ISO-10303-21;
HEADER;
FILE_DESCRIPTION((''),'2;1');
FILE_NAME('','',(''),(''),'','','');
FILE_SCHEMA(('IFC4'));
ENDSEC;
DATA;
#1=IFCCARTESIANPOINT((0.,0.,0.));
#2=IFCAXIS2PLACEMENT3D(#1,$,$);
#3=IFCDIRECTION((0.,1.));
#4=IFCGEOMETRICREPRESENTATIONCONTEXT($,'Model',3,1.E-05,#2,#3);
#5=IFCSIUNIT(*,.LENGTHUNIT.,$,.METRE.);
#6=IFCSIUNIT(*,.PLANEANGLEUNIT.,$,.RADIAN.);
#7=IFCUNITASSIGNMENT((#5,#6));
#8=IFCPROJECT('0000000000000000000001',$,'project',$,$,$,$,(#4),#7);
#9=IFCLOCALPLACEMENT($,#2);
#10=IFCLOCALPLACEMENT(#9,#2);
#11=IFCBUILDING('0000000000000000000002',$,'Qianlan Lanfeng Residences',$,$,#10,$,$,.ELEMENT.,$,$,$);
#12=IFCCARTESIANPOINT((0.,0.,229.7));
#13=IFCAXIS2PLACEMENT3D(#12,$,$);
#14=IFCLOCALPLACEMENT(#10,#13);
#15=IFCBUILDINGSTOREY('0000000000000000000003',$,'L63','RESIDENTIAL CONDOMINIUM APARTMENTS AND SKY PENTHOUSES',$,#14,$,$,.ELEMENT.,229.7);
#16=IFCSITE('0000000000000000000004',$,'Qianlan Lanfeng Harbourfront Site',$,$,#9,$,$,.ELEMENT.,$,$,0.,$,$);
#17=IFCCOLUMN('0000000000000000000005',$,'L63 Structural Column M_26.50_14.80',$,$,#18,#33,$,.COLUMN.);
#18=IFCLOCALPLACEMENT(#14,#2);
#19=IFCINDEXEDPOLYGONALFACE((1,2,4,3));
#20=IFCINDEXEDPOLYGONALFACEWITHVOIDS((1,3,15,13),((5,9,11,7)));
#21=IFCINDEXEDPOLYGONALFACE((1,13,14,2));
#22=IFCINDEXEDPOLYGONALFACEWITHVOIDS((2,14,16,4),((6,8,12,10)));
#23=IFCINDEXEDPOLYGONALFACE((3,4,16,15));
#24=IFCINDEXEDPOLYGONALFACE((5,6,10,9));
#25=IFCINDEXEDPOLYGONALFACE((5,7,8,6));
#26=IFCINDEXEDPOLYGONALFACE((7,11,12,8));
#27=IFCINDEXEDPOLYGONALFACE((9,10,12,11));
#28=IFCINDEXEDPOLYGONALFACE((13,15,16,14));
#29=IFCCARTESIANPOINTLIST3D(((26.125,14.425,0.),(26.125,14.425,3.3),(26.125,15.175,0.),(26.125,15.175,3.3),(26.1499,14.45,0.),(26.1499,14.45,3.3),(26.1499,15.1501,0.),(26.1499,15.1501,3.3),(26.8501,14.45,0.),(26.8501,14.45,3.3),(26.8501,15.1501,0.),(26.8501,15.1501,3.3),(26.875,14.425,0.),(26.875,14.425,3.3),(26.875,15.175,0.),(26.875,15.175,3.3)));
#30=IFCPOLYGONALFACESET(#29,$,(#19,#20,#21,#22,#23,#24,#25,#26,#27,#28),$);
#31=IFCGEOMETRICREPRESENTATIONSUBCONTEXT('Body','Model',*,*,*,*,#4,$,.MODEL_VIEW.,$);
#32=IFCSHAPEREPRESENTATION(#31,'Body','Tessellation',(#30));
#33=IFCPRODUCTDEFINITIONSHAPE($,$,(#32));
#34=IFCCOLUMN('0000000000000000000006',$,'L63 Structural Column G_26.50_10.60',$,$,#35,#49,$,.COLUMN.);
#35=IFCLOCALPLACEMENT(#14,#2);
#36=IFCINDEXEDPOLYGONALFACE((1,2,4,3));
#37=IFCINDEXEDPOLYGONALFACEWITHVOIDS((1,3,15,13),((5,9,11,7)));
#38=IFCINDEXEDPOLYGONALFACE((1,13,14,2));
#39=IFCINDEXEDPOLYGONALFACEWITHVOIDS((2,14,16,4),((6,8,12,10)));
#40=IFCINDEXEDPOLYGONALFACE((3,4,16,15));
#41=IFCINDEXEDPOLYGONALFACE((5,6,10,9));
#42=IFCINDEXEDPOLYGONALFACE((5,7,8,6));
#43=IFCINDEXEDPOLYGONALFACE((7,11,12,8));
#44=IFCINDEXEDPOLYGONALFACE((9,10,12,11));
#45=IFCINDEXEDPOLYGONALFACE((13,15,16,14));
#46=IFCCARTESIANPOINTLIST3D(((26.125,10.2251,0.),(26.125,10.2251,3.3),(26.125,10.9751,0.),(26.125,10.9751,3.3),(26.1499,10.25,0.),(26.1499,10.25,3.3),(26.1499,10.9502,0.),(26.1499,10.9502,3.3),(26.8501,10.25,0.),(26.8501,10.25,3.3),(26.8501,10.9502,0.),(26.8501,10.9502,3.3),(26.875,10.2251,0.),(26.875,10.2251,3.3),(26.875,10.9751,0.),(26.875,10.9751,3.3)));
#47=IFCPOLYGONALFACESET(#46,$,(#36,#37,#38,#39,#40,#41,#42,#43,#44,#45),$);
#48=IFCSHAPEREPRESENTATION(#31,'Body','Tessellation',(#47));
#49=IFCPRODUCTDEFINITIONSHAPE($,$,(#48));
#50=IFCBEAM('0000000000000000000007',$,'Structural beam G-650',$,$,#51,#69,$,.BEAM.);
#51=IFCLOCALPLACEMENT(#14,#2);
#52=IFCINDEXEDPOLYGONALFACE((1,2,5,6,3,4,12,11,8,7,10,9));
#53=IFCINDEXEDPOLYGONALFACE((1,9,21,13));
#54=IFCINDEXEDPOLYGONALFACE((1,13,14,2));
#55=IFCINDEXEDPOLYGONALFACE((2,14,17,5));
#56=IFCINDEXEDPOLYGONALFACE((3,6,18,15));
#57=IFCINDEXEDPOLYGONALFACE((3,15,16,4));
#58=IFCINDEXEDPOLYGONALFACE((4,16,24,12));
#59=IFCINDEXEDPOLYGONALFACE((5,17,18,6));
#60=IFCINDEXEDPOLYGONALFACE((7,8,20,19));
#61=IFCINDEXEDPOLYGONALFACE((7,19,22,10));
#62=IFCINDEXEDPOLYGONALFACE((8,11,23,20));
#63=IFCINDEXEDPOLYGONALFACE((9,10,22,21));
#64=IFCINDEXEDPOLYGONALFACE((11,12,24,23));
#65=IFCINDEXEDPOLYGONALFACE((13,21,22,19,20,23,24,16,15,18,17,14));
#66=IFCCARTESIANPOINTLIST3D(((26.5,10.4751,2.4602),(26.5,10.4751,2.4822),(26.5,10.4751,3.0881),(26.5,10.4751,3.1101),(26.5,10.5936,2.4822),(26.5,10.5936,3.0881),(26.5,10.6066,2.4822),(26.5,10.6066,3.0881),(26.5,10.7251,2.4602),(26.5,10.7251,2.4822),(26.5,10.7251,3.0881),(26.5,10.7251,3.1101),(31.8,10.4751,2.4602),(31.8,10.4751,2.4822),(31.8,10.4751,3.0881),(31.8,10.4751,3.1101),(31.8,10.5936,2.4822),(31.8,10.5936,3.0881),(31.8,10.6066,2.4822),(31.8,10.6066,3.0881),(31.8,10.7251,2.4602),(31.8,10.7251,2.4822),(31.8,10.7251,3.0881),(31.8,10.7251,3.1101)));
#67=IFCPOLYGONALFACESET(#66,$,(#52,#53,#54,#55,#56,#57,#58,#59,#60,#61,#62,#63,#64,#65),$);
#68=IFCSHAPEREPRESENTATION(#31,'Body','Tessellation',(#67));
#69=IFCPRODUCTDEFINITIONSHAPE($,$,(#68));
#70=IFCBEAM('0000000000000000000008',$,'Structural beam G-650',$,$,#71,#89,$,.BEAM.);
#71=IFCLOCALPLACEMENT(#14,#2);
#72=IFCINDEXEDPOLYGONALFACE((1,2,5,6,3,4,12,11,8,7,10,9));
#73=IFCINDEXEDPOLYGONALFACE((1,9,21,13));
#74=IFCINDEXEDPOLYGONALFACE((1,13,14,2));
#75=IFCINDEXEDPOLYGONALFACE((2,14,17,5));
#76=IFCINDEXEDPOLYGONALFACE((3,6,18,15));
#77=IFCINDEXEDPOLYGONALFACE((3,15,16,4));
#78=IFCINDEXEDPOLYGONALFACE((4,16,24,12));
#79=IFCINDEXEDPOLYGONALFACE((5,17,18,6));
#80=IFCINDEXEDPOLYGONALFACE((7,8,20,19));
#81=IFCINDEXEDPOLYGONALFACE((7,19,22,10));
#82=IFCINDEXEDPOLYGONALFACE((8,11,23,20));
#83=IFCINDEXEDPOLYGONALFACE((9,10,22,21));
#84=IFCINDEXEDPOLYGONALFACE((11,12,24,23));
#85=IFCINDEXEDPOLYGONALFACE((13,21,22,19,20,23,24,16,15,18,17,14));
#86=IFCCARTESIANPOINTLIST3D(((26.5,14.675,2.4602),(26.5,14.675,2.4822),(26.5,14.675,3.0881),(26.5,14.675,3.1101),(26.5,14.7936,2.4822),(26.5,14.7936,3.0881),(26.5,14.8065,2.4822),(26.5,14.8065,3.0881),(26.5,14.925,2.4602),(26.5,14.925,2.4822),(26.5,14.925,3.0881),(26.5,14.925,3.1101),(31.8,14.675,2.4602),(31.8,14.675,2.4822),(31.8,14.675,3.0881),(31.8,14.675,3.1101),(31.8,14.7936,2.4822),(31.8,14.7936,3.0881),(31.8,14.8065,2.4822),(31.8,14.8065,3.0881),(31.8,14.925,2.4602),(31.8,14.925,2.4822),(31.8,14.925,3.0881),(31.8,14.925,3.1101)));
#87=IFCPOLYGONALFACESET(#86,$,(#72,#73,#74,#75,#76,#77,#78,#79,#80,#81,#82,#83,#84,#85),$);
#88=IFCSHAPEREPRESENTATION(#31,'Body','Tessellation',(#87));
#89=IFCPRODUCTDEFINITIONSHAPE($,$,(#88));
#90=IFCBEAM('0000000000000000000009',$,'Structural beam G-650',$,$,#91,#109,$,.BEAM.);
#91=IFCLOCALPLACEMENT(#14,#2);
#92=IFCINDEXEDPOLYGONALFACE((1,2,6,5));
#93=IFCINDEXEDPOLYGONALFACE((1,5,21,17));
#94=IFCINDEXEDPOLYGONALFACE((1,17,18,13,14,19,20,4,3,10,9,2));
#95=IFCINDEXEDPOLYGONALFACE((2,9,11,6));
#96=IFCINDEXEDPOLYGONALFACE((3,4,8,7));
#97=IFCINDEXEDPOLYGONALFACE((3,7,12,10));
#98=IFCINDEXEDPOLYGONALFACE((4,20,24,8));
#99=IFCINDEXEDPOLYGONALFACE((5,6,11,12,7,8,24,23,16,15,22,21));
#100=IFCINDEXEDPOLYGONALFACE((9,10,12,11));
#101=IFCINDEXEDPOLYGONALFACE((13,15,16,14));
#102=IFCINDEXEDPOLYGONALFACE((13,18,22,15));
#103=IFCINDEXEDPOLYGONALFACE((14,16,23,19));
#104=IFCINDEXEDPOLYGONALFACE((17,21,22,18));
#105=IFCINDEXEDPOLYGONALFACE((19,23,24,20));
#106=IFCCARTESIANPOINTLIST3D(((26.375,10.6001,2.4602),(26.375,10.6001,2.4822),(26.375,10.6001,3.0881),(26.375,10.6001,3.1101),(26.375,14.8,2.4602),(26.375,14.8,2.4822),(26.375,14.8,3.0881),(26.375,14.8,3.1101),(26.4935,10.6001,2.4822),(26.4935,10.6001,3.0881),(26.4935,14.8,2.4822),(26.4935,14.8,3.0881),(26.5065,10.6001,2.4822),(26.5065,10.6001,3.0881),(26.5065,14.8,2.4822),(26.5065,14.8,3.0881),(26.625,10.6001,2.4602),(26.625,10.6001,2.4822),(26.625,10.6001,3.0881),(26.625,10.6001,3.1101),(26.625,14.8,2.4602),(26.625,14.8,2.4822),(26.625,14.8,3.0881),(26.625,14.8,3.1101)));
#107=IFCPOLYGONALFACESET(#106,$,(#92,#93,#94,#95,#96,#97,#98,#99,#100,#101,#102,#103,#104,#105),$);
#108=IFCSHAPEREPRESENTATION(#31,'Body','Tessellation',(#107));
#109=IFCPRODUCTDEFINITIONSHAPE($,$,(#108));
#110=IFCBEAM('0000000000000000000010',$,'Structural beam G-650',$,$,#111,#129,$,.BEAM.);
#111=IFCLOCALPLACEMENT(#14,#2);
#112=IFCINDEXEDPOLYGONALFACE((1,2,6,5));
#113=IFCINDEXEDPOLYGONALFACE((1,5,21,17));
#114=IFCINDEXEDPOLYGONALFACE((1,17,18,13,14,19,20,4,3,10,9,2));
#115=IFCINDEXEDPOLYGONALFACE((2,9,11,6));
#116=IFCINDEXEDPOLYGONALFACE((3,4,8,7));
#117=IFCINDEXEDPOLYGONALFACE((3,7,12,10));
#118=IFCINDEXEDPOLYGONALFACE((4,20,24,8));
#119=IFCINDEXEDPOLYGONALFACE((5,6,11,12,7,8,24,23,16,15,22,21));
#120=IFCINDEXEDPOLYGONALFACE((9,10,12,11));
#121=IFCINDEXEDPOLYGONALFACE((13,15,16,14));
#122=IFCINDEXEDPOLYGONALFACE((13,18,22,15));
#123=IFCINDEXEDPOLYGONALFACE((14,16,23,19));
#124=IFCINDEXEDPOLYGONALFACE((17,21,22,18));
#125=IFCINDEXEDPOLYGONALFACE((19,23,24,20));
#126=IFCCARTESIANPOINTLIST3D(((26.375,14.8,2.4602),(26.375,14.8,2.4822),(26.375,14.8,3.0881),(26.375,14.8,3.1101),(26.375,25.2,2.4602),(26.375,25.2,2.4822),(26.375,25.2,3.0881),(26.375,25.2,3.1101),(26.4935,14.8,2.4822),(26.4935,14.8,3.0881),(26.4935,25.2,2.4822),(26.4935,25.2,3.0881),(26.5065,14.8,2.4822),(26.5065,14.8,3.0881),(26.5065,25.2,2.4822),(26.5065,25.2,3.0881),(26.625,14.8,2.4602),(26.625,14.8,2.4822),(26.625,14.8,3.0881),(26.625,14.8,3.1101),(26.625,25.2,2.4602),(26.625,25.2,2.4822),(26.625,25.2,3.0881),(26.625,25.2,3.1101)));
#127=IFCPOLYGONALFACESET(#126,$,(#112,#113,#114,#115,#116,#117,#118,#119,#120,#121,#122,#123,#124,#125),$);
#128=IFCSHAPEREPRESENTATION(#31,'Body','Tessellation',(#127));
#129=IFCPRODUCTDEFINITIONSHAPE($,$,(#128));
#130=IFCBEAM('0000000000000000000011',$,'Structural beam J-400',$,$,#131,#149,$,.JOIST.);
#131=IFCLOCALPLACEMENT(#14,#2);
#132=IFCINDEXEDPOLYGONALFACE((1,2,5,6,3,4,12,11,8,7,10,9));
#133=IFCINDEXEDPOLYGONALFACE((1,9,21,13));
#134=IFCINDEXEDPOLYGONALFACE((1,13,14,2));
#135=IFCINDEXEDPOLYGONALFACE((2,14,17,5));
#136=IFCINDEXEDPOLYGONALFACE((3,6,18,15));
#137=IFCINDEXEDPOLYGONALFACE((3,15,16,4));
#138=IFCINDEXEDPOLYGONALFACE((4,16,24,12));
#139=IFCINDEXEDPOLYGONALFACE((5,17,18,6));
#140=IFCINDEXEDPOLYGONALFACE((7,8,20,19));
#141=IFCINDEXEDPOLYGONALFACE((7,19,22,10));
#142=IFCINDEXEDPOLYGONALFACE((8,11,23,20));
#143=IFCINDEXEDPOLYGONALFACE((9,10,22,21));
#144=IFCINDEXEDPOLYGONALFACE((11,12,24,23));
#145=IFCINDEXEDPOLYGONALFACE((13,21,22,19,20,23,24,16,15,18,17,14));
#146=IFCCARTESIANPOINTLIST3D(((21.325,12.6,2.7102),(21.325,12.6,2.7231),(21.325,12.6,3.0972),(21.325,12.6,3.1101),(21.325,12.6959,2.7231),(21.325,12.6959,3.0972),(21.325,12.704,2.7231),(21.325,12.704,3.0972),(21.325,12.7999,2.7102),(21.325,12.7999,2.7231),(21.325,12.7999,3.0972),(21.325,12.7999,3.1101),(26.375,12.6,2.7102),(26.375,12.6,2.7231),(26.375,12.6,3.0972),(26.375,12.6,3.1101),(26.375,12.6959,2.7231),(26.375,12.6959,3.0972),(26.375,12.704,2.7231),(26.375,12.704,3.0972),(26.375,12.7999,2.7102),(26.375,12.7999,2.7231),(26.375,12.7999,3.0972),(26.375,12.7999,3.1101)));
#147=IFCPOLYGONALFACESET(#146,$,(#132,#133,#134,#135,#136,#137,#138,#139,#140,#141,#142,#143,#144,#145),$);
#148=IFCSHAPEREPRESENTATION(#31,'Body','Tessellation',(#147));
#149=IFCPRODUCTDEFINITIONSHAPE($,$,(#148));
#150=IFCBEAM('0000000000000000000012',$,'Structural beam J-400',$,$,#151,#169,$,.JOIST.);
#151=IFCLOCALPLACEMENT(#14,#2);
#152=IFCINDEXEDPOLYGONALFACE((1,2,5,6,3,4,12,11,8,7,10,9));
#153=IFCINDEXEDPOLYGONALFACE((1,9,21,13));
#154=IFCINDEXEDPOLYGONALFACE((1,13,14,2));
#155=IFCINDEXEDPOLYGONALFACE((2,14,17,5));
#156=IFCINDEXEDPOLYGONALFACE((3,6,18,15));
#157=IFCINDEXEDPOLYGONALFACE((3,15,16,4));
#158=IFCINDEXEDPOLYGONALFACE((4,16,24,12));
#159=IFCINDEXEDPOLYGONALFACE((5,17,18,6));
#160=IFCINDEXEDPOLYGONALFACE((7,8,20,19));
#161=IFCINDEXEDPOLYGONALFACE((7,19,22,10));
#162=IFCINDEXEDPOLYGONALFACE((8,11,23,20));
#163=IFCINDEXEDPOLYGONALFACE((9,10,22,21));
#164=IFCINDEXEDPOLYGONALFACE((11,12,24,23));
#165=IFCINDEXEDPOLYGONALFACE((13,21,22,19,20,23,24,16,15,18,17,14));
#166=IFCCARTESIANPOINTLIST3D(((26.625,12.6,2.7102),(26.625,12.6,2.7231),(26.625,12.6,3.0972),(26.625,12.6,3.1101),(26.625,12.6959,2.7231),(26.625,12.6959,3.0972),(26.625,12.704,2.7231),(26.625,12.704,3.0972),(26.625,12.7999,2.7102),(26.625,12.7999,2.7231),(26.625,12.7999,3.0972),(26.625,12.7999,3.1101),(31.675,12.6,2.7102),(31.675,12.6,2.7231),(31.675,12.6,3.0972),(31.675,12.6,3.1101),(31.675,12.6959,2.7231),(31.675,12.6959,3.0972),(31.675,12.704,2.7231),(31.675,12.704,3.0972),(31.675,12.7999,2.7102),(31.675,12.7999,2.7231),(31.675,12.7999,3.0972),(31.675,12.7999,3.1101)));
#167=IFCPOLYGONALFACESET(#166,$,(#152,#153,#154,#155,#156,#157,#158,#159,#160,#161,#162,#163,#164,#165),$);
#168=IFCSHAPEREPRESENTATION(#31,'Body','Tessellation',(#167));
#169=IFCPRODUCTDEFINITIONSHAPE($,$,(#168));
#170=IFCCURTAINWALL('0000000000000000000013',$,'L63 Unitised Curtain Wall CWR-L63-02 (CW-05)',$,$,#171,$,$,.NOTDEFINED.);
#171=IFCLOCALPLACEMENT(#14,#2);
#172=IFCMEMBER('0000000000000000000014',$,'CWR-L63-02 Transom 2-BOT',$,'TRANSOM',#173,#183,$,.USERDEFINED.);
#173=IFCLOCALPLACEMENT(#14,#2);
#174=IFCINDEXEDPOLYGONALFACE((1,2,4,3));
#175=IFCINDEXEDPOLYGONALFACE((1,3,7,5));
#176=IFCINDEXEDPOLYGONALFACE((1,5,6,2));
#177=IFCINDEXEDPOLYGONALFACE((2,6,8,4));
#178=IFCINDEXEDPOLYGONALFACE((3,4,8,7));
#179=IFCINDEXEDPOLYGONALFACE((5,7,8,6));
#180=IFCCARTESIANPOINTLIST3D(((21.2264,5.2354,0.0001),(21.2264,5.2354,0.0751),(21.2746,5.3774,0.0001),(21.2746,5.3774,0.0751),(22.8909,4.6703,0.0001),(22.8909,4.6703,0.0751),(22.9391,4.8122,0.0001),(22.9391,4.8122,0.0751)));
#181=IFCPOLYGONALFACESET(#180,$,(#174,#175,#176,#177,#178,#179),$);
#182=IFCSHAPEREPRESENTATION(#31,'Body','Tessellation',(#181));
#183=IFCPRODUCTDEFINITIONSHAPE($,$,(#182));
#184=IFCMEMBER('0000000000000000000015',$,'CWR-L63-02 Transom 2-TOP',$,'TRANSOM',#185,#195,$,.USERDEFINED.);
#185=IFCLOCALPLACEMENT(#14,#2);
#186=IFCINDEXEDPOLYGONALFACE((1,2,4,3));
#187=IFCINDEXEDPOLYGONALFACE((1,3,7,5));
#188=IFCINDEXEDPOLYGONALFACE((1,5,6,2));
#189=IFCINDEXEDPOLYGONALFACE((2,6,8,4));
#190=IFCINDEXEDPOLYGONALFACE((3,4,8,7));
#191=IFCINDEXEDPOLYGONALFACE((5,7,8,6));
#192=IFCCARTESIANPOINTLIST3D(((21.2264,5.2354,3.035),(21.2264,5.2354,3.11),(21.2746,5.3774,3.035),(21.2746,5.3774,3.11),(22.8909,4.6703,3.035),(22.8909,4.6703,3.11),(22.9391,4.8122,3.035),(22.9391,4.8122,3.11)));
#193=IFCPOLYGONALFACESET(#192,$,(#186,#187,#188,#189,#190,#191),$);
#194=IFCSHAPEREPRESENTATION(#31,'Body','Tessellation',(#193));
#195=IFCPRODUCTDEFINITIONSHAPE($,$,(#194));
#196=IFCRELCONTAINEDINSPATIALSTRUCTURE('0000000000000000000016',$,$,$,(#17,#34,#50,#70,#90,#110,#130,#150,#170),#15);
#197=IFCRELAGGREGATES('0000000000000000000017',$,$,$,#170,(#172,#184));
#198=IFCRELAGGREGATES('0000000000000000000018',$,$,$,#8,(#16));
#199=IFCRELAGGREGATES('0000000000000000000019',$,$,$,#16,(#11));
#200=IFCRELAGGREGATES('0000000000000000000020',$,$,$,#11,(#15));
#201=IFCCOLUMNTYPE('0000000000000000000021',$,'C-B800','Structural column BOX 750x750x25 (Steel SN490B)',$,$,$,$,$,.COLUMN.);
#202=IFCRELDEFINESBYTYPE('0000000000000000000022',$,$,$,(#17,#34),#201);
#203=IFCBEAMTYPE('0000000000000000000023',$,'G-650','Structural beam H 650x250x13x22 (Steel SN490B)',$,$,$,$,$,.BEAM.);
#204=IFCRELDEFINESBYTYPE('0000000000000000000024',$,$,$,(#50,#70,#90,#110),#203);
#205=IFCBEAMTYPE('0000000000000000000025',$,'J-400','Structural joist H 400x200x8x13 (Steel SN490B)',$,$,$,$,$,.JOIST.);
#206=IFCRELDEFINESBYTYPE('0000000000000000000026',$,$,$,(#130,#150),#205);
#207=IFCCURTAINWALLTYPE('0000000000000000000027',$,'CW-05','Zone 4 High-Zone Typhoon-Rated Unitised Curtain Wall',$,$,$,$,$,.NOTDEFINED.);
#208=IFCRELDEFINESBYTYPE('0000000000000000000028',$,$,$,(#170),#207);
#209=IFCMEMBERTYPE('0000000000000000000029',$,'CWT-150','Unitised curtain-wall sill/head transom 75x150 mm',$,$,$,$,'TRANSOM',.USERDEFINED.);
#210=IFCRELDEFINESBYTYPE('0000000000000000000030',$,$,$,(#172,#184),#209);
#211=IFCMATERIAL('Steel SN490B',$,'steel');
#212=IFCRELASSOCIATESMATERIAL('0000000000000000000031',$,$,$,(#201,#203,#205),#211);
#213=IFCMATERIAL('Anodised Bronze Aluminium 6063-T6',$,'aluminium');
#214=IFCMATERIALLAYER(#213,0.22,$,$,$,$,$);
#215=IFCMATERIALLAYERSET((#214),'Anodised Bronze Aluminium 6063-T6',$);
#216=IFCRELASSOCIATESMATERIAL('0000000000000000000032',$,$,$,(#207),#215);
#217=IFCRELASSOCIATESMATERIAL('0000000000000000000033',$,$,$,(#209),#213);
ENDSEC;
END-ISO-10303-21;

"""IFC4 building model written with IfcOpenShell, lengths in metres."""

from ifc_helpers import new_model, si_unit, direction, frame, origin, origin_2d, place, context, subcontext, project, spatial, rectangle, hollow_rectangle, i_section, extrude, source, transform, mapped, material, layer, layer_set, material_profile, profile_set, type_object, element, aggregate, save


model = new_model("IFC4")

# Units and contexts
model_context = context("Model", 3, precision=1e-05, world=origin(), true_north=direction((0.0, 1.0)))
body_context = subcontext(model_context, "Body", "Model", "MODEL_VIEW")
ifc_project = project(units=[si_unit("LENGTHUNIT", "METRE"), si_unit("PLANEANGLEUNIT", "RADIAN")], contexts=[model_context])

# Site, building, storey
site_placement = place(None, origin())
site = spatial("IfcSite", under=ifc_project, at=site_placement, Name="Qianlan Lanfeng Harbourfront Site", CompositionType="ELEMENT", RefElevation=0.0)
building_placement = place(site_placement, origin())
building = spatial("IfcBuilding", under=site, at=building_placement, Name="Qianlan Lanfeng Residences", CompositionType="ELEMENT")
storey_placement = place(building_placement, frame((0.0, 0.0, 229.7)))
storey = spatial("IfcBuildingStorey", under=building, at=storey_placement, Name="L63", Description="RESIDENTIAL CONDOMINIUM APARTMENTS AND SKY PENTHOUSES", CompositionType="ELEMENT", Elevation=229.7)

# Columns
ifc_material_1 = material(Name="Steel SN490B", Category="steel")
ifc_material_profile_1 = material_profile(ifc_material_1, hollow_rectangle(XDim=0.75, YDim=0.75, WallThickness=0.0249, at=origin_2d()), Name="BOX 750x750x25")
ifc_profile_set_1 = profile_set([ifc_material_profile_1], Name="Steel SN490B")
column_type = type_object("IfcColumnType", Name="C-B800", Description="Structural column BOX 750x750x25 (Steel SN490B)", PredefinedType="COLUMN", material=ifc_profile_set_1)
for number, where, z_axis, x_axis, name in (
    (1, (26.5, 14.8, 0.0), (0.0, 0.0, 1.0), (1.0, 0.0, 0.0), "L63 Structural Column M_26.50_14.80"),
    (2, (26.5, 10.6001, 0.0), (0.0, 0.0, 1.0), (1.0, 0.0, 0.0), "L63 Structural Column G_26.50_10.60"),
):
    element("IfcColumn", number, at=place(storey_placement, frame(where, z_axis=z_axis, x_axis=x_axis)), inside=storey, type_object=column_type, Name=name, PredefinedType="COLUMN", context=body_context, shape_type="SweptSolid", body=[
        extrude(hollow_rectangle(XDim=0.75, YDim=0.75, WallThickness=0.0249, at=origin_2d()), origin(), (0.0, 0.0, 1.0), 3.3),
    ])

# Beams
ifc_material_profile_2 = material_profile(ifc_material_1, i_section(OverallWidth=0.25, OverallDepth=0.6499, WebThickness=0.0129, FlangeThickness=0.022, at=origin_2d()), Name="H 650x250x13x22")
ifc_profile_set_2 = profile_set([ifc_material_profile_2], Name="Steel SN490B")
beam_type_1 = type_object("IfcBeamType", Name="G-650", Description="Structural beam H 650x250x13x22 (Steel SN490B)", PredefinedType="BEAM", material=ifc_profile_set_2)
for number, where, z_axis, x_axis, name in (
    (3, (26.5, 10.6001, 2.7852), (1.0, 0.0, 0.0), (0.0, 1.0, 0.0), "Structural beam G-650"),
    (4, (26.5, 14.8, 2.7852), (1.0, 0.0, 0.0), (0.0, 1.0, 0.0), "Structural beam G-650"),
):
    element("IfcBeam", number, at=place(storey_placement, frame(where, z_axis=z_axis, x_axis=x_axis)), inside=storey, type_object=beam_type_1, Name=name, PredefinedType="BEAM", context=body_context, shape_type="SweptSolid", body=[
        extrude(i_section(OverallWidth=0.25, OverallDepth=0.6499, WebThickness=0.0129, FlangeThickness=0.022, at=origin_2d()), origin(), (0.0, 0.0, 1.0), 5.3),
    ])
beam_1_placement = place(storey_placement, frame((26.5, 10.6001, 2.7852), z_axis=(0.0, 1.0, 0.0), x_axis=(-1.0, 0.0, 0.0)))
element("IfcBeam", 5, at=beam_1_placement, inside=storey, type_object=beam_type_1, Name="Structural beam G-650", PredefinedType="BEAM", context=body_context, shape_type="SweptSolid", body=[
    extrude(i_section(OverallWidth=0.25, OverallDepth=0.6499, WebThickness=0.0129, FlangeThickness=0.022, at=origin_2d()), origin(), (0.0, 0.0, 1.0), 4.2),
])
beam_2_placement = place(storey_placement, frame((26.5, 14.8, 2.7852), z_axis=(0.0, 1.0, 0.0), x_axis=(-1.0, 0.0, 0.0)))
element("IfcBeam", 6, at=beam_2_placement, inside=storey, type_object=beam_type_1, Name="Structural beam G-650", PredefinedType="BEAM", context=body_context, shape_type="SweptSolid", body=[
    extrude(i_section(OverallWidth=0.25, OverallDepth=0.6499, WebThickness=0.0129, FlangeThickness=0.022, at=origin_2d()), origin(), (0.0, 0.0, 1.0), 10.3999),
])
ifc_material_profile_3 = material_profile(ifc_material_1, i_section(OverallWidth=0.2, OverallDepth=0.3999, WebThickness=0.0081, FlangeThickness=0.0129, at=origin_2d()), Name="H 400x200x8x13")
ifc_profile_set_3 = profile_set([ifc_material_profile_3], Name="Steel SN490B")
beam_type_2 = type_object("IfcBeamType", Name="J-400", Description="Structural joist H 400x200x8x13 (Steel SN490B)", PredefinedType="JOIST", material=ifc_profile_set_3)
for number, where, z_axis, x_axis, name in (
    (7, (21.325, 12.7, 2.9102), (1.0, 0.0, 0.0), (0.0, 1.0, 0.0), "Structural beam J-400"),
    (8, (26.625, 12.7, 2.9102), (1.0, 0.0, 0.0), (0.0, 1.0, 0.0), "Structural beam J-400"),
):
    element("IfcBeam", number, at=place(storey_placement, frame(where, z_axis=z_axis, x_axis=x_axis)), inside=storey, type_object=beam_type_2, Name=name, PredefinedType="JOIST", context=body_context, shape_type="SweptSolid", body=[
        extrude(i_section(OverallWidth=0.2, OverallDepth=0.3999, WebThickness=0.0081, FlangeThickness=0.0129, at=origin_2d()), origin(), (0.0, 0.0, 1.0), 5.05),
    ])

# Curtain wall, members
ifc_material_2 = material(Name="Anodised Bronze Aluminium 6063-T6", Category="aluminium")
ifc_layer_1 = layer(ifc_material_2, 0.22)
ifc_layer_set_1 = layer_set([ifc_layer_1], Name="Anodised Bronze Aluminium 6063-T6")
curtain_wall_type = type_object("IfcCurtainWallType", Name="CW-05", Description="Zone 4 High-Zone Typhoon-Rated Unitised Curtain Wall", PredefinedType="NOTDEFINED", material=ifc_layer_set_1)
curtain_wall_1_placement = place(storey_placement, origin())
curtain_wall_1 = element("IfcCurtainWall", 9, at=curtain_wall_1_placement, inside=storey, type_object=curtain_wall_type, Name="L63 Unitised Curtain Wall CWR-L63-02 (CW-05)", PredefinedType="NOTDEFINED")
ifc_material_profile_4 = material_profile(ifc_material_2, rectangle(XDim=0.075, YDim=0.1499, at=origin_2d()), Name="ALU TRANSOM 75x150")
ifc_profile_set_4 = profile_set([ifc_material_profile_4], Name="Anodised Bronze Aluminium 6063-T6")
member_type_1 = type_object("IfcMemberType", Name="CWT-150", Description="Unitised curtain-wall sill/head transom 75x150 mm", ElementType="TRANSOM", PredefinedType="USERDEFINED", material=ifc_profile_set_4)
shared_shape_1 = source(origin(), body_context, "Body", "SweptSolid", [
    extrude(rectangle(XDim=0.075, YDim=0.1499, at=origin_2d()), origin(), (0.0, 0.0, 1.0), 1.7578),
])
member_1_placement = place(storey_placement, frame((21.2505, 5.3064, 0.0376), z_axis=(0.946905, -0.321514, 0.0), x_axis=(0.0, 0.0, 1.0)))
member_1 = element("IfcMember", 10, at=member_1_placement, type_object=member_type_1, Name="CWR-L63-02 Transom 2-BOT", ObjectType="TRANSOM", PredefinedType="USERDEFINED", context=body_context, shape_type="MappedRepresentation", body=[
    mapped(shared_shape_1, transform((0.0, 0.0, 0.0), scale=1.0)),
])
member_2_placement = place(storey_placement, frame((21.2505, 5.3064, 3.0725), z_axis=(0.946905, -0.321514, 0.0), x_axis=(0.0, 0.0, 1.0)))
member_2 = element("IfcMember", 11, at=member_2_placement, type_object=member_type_1, Name="CWR-L63-02 Transom 2-TOP", ObjectType="TRANSOM", PredefinedType="USERDEFINED", context=body_context, shape_type="MappedRepresentation", body=[
    mapped(shared_shape_1, transform((0.0, 0.0, 0.0), scale=1.0)),
])

aggregate(curtain_wall_1, [member_1, member_2])

save(model, "model.ifc")
